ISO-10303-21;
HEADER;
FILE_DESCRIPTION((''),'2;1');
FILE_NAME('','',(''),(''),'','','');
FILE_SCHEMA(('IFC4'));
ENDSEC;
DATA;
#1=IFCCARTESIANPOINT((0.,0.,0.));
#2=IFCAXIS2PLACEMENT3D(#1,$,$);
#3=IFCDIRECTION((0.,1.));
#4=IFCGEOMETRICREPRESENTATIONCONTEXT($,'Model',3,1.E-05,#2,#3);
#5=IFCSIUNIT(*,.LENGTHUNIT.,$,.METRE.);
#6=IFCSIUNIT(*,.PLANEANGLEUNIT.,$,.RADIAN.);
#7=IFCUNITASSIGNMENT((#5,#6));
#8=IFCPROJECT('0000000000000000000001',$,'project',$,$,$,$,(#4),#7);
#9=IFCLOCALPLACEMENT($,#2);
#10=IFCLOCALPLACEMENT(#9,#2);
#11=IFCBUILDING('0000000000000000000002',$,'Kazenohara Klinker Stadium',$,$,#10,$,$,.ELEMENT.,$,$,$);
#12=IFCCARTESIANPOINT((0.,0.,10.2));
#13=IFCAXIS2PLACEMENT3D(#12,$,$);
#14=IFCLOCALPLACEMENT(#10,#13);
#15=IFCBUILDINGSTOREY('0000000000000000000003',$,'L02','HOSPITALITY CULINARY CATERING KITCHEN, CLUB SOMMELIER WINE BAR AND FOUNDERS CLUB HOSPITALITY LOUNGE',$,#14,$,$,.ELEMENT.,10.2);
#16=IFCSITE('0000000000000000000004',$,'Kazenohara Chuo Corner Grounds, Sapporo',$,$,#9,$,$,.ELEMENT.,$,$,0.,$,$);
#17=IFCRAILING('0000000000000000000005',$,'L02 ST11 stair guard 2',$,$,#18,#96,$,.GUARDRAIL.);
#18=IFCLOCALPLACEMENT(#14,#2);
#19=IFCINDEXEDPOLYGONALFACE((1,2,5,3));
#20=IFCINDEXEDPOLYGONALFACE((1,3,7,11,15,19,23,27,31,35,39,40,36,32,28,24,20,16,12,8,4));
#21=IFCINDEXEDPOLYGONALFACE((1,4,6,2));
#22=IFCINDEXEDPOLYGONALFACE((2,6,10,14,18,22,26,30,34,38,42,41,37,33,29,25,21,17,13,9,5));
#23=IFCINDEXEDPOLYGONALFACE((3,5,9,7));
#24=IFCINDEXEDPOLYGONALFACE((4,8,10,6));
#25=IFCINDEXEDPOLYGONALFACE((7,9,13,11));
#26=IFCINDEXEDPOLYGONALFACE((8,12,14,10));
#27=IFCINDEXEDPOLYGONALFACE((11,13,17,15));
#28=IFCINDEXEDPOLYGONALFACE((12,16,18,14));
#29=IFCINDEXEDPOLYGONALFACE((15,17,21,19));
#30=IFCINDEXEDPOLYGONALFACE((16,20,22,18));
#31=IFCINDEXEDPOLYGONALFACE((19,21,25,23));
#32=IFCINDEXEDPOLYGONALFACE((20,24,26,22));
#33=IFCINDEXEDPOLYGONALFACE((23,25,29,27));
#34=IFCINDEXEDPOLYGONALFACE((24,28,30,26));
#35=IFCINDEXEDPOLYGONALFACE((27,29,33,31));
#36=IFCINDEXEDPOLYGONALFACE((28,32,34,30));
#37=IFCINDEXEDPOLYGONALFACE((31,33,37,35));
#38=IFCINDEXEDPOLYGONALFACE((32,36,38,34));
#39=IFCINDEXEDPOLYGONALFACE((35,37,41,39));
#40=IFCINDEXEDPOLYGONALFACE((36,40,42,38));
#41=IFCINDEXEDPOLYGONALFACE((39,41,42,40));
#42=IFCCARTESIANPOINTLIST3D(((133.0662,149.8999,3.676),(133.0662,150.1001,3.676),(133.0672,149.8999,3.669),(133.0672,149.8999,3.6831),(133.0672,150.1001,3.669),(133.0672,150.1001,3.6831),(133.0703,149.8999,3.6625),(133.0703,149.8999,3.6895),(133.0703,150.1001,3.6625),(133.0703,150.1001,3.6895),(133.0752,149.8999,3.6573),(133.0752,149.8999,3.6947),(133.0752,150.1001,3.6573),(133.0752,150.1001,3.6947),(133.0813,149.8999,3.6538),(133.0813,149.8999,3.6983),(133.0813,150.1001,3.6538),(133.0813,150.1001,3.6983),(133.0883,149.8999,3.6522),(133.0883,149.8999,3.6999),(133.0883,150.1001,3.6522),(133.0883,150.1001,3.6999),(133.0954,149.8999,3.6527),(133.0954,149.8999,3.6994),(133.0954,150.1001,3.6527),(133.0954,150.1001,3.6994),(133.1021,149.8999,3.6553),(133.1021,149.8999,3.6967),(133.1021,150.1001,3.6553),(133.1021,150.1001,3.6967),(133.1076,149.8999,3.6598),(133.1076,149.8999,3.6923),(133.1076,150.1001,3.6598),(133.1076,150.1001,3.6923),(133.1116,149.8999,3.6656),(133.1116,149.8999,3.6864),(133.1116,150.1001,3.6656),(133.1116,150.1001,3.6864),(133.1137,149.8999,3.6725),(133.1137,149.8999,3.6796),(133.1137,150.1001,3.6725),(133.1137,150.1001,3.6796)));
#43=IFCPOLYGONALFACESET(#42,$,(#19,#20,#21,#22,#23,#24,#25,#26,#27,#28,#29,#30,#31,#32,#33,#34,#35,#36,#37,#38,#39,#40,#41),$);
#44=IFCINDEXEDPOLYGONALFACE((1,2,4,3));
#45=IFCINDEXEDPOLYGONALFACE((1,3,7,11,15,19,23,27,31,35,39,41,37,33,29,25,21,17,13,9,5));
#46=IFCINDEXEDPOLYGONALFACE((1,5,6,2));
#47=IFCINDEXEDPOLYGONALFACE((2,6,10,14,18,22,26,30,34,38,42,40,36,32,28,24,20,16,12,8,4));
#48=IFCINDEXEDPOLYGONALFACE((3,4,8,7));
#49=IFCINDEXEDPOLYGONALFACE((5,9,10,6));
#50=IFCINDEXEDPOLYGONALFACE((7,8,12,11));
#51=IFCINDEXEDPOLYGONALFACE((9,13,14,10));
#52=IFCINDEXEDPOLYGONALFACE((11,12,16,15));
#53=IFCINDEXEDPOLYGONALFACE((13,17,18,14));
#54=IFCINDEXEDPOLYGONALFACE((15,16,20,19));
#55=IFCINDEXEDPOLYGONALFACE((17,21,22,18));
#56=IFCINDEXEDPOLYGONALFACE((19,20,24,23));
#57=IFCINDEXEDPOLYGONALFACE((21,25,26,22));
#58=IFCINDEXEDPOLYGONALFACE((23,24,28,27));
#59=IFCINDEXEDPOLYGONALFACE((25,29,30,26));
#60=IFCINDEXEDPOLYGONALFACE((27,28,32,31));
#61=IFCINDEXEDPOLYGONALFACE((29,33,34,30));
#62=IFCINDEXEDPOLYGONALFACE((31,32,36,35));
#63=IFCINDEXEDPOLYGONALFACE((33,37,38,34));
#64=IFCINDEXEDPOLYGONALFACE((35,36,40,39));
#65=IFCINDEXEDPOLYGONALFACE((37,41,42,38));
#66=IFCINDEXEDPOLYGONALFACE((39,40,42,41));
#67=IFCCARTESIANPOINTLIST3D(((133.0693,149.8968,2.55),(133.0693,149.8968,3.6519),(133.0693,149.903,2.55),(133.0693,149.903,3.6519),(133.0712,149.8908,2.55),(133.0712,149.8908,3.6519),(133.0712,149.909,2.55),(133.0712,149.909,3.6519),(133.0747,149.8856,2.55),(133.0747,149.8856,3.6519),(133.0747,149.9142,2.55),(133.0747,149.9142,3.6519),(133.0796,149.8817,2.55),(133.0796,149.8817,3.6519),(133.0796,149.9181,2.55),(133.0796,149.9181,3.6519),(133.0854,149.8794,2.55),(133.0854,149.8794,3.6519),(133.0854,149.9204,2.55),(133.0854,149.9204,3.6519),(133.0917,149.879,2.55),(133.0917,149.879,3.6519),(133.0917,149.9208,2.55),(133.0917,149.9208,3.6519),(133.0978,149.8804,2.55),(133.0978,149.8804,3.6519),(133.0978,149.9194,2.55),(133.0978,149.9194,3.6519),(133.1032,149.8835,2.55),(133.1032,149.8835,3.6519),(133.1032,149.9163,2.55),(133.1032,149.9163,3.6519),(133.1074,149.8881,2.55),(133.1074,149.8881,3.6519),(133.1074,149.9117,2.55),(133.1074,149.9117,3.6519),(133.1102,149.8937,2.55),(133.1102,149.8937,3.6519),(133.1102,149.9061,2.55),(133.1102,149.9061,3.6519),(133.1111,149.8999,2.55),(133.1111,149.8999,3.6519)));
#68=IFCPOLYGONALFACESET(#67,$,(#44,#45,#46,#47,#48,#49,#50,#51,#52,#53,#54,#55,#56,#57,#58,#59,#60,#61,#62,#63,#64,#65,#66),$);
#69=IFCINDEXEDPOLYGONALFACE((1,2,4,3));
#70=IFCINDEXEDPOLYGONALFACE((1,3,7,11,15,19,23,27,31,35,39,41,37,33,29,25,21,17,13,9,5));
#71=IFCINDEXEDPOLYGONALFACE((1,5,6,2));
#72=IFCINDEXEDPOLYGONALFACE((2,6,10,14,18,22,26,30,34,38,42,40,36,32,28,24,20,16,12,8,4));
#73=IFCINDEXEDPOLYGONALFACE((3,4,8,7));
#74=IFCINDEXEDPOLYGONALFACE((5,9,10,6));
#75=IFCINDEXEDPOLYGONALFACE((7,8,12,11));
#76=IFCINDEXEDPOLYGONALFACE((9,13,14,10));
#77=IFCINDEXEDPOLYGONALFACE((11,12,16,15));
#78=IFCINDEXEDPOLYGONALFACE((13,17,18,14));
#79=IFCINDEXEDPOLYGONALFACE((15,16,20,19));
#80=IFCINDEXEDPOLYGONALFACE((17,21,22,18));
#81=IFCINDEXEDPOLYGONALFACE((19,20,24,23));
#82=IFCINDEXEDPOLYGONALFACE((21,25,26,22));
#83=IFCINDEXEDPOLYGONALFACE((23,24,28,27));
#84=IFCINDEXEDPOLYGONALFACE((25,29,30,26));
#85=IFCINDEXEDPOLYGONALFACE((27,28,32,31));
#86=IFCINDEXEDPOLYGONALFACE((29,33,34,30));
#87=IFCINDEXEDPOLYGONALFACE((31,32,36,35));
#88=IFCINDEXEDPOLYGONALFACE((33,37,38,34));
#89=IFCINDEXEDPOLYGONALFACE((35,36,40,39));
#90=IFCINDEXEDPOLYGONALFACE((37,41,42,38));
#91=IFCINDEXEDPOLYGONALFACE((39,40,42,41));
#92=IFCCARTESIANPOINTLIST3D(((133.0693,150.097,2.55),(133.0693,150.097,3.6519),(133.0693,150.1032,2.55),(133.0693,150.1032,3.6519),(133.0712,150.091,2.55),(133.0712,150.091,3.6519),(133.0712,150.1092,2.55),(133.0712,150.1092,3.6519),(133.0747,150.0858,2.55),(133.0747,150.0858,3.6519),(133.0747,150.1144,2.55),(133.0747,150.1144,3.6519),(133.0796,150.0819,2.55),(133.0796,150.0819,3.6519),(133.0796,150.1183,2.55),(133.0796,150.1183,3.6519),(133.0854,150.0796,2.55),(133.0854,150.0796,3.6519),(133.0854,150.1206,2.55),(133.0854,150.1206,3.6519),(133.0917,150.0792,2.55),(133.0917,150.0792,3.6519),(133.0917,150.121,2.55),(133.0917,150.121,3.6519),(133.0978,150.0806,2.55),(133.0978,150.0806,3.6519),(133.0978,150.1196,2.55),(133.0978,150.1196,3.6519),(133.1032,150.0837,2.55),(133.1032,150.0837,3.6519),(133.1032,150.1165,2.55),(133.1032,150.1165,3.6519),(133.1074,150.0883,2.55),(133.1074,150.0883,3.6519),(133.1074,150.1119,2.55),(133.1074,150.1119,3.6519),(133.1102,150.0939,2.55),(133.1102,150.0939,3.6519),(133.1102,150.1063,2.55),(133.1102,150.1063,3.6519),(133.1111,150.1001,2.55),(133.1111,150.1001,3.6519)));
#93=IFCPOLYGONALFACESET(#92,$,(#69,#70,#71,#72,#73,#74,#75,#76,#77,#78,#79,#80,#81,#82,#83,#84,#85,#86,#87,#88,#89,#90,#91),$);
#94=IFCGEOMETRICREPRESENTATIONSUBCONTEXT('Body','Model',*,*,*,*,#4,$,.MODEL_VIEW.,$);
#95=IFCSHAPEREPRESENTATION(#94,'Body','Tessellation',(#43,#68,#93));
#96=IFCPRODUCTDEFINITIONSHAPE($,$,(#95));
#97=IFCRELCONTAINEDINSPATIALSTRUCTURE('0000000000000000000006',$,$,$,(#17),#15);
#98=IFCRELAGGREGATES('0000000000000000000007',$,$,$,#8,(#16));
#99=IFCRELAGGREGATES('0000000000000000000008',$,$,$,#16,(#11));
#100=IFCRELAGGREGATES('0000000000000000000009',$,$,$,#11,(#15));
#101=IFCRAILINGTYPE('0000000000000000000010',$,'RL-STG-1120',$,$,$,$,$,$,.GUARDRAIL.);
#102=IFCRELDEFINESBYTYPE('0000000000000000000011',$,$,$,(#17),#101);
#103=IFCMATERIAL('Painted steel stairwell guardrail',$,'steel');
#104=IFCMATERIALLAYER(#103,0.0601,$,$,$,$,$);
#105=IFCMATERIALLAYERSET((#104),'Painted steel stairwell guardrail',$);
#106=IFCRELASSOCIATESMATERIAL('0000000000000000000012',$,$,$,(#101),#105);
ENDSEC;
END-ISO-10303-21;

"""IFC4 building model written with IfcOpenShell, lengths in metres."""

from ifc_helpers import new_model, si_unit, direction, frame, origin, origin_2d, place, context, subcontext, project, spatial, circle, extrude, material, layer, layer_set, type_object, element, save


model = new_model("IFC4")

# Units and contexts
model_context = context("Model", 3, precision=1e-05, world=origin(), true_north=direction((0.0, 1.0)))
body_context = subcontext(model_context, "Body", "Model", "MODEL_VIEW")
ifc_project = project(units=[si_unit("LENGTHUNIT", "METRE"), si_unit("PLANEANGLEUNIT", "RADIAN")], contexts=[model_context])

# Site, building, storey
site_placement = place(None, origin())
site = spatial("IfcSite", under=ifc_project, at=site_placement, Name="Kazenohara Chuo Corner Grounds, Sapporo", CompositionType="ELEMENT", RefElevation=0.0)
building_placement = place(site_placement, origin())
building = spatial("IfcBuilding", under=site, at=building_placement, Name="Kazenohara Klinker Stadium", CompositionType="ELEMENT")
storey_placement = place(building_placement, frame((0.0, 0.0, 10.2)))
storey = spatial("IfcBuildingStorey", under=building, at=storey_placement, Name="L02", Description="HOSPITALITY CULINARY CATERING KITCHEN, CLUB SOMMELIER WINE BAR AND FOUNDERS CLUB HOSPITALITY LOUNGE", CompositionType="ELEMENT", Elevation=10.2)

# Railing
ifc_material_1 = material(Name="Painted steel stairwell guardrail", Category="steel")
ifc_layer_1 = layer(ifc_material_1, 0.0601)
ifc_layer_set_1 = layer_set([ifc_layer_1], Name="Painted steel stairwell guardrail")
railing_type_1 = type_object("IfcRailingType", Name="RL-STG-1120", PredefinedType="GUARDRAIL", material=ifc_layer_set_1)
railing_1_placement = place(storey_placement, frame((133.0901, 149.8999, 2.55)))
element("IfcRailing", 1, at=railing_1_placement, inside=storey, type_object=railing_type_1, Name="L02 ST11 stair guard 2", PredefinedType="GUARDRAIL", context=body_context, shape_type="SweptSolid", body=[
    extrude(circle(Radius=0.0239, at=origin_2d()), frame((0.0, 0.0, 1.126), z_axis=(0.0, 1.0, 0.0), x_axis=(-1.0, 0.0, 0.0)), (0.0, 0.0, 1.0), 0.2002),
    extrude(circle(Radius=0.021, at=origin_2d()), origin(), (0.0, 0.0, 1.0), 1.1018),
    extrude(circle(Radius=0.021, at=origin_2d()), frame((0.0, 0.2002, 0.0)), (0.0, 0.0, 1.0), 1.1018),
])

save(model, "model.ifc")
